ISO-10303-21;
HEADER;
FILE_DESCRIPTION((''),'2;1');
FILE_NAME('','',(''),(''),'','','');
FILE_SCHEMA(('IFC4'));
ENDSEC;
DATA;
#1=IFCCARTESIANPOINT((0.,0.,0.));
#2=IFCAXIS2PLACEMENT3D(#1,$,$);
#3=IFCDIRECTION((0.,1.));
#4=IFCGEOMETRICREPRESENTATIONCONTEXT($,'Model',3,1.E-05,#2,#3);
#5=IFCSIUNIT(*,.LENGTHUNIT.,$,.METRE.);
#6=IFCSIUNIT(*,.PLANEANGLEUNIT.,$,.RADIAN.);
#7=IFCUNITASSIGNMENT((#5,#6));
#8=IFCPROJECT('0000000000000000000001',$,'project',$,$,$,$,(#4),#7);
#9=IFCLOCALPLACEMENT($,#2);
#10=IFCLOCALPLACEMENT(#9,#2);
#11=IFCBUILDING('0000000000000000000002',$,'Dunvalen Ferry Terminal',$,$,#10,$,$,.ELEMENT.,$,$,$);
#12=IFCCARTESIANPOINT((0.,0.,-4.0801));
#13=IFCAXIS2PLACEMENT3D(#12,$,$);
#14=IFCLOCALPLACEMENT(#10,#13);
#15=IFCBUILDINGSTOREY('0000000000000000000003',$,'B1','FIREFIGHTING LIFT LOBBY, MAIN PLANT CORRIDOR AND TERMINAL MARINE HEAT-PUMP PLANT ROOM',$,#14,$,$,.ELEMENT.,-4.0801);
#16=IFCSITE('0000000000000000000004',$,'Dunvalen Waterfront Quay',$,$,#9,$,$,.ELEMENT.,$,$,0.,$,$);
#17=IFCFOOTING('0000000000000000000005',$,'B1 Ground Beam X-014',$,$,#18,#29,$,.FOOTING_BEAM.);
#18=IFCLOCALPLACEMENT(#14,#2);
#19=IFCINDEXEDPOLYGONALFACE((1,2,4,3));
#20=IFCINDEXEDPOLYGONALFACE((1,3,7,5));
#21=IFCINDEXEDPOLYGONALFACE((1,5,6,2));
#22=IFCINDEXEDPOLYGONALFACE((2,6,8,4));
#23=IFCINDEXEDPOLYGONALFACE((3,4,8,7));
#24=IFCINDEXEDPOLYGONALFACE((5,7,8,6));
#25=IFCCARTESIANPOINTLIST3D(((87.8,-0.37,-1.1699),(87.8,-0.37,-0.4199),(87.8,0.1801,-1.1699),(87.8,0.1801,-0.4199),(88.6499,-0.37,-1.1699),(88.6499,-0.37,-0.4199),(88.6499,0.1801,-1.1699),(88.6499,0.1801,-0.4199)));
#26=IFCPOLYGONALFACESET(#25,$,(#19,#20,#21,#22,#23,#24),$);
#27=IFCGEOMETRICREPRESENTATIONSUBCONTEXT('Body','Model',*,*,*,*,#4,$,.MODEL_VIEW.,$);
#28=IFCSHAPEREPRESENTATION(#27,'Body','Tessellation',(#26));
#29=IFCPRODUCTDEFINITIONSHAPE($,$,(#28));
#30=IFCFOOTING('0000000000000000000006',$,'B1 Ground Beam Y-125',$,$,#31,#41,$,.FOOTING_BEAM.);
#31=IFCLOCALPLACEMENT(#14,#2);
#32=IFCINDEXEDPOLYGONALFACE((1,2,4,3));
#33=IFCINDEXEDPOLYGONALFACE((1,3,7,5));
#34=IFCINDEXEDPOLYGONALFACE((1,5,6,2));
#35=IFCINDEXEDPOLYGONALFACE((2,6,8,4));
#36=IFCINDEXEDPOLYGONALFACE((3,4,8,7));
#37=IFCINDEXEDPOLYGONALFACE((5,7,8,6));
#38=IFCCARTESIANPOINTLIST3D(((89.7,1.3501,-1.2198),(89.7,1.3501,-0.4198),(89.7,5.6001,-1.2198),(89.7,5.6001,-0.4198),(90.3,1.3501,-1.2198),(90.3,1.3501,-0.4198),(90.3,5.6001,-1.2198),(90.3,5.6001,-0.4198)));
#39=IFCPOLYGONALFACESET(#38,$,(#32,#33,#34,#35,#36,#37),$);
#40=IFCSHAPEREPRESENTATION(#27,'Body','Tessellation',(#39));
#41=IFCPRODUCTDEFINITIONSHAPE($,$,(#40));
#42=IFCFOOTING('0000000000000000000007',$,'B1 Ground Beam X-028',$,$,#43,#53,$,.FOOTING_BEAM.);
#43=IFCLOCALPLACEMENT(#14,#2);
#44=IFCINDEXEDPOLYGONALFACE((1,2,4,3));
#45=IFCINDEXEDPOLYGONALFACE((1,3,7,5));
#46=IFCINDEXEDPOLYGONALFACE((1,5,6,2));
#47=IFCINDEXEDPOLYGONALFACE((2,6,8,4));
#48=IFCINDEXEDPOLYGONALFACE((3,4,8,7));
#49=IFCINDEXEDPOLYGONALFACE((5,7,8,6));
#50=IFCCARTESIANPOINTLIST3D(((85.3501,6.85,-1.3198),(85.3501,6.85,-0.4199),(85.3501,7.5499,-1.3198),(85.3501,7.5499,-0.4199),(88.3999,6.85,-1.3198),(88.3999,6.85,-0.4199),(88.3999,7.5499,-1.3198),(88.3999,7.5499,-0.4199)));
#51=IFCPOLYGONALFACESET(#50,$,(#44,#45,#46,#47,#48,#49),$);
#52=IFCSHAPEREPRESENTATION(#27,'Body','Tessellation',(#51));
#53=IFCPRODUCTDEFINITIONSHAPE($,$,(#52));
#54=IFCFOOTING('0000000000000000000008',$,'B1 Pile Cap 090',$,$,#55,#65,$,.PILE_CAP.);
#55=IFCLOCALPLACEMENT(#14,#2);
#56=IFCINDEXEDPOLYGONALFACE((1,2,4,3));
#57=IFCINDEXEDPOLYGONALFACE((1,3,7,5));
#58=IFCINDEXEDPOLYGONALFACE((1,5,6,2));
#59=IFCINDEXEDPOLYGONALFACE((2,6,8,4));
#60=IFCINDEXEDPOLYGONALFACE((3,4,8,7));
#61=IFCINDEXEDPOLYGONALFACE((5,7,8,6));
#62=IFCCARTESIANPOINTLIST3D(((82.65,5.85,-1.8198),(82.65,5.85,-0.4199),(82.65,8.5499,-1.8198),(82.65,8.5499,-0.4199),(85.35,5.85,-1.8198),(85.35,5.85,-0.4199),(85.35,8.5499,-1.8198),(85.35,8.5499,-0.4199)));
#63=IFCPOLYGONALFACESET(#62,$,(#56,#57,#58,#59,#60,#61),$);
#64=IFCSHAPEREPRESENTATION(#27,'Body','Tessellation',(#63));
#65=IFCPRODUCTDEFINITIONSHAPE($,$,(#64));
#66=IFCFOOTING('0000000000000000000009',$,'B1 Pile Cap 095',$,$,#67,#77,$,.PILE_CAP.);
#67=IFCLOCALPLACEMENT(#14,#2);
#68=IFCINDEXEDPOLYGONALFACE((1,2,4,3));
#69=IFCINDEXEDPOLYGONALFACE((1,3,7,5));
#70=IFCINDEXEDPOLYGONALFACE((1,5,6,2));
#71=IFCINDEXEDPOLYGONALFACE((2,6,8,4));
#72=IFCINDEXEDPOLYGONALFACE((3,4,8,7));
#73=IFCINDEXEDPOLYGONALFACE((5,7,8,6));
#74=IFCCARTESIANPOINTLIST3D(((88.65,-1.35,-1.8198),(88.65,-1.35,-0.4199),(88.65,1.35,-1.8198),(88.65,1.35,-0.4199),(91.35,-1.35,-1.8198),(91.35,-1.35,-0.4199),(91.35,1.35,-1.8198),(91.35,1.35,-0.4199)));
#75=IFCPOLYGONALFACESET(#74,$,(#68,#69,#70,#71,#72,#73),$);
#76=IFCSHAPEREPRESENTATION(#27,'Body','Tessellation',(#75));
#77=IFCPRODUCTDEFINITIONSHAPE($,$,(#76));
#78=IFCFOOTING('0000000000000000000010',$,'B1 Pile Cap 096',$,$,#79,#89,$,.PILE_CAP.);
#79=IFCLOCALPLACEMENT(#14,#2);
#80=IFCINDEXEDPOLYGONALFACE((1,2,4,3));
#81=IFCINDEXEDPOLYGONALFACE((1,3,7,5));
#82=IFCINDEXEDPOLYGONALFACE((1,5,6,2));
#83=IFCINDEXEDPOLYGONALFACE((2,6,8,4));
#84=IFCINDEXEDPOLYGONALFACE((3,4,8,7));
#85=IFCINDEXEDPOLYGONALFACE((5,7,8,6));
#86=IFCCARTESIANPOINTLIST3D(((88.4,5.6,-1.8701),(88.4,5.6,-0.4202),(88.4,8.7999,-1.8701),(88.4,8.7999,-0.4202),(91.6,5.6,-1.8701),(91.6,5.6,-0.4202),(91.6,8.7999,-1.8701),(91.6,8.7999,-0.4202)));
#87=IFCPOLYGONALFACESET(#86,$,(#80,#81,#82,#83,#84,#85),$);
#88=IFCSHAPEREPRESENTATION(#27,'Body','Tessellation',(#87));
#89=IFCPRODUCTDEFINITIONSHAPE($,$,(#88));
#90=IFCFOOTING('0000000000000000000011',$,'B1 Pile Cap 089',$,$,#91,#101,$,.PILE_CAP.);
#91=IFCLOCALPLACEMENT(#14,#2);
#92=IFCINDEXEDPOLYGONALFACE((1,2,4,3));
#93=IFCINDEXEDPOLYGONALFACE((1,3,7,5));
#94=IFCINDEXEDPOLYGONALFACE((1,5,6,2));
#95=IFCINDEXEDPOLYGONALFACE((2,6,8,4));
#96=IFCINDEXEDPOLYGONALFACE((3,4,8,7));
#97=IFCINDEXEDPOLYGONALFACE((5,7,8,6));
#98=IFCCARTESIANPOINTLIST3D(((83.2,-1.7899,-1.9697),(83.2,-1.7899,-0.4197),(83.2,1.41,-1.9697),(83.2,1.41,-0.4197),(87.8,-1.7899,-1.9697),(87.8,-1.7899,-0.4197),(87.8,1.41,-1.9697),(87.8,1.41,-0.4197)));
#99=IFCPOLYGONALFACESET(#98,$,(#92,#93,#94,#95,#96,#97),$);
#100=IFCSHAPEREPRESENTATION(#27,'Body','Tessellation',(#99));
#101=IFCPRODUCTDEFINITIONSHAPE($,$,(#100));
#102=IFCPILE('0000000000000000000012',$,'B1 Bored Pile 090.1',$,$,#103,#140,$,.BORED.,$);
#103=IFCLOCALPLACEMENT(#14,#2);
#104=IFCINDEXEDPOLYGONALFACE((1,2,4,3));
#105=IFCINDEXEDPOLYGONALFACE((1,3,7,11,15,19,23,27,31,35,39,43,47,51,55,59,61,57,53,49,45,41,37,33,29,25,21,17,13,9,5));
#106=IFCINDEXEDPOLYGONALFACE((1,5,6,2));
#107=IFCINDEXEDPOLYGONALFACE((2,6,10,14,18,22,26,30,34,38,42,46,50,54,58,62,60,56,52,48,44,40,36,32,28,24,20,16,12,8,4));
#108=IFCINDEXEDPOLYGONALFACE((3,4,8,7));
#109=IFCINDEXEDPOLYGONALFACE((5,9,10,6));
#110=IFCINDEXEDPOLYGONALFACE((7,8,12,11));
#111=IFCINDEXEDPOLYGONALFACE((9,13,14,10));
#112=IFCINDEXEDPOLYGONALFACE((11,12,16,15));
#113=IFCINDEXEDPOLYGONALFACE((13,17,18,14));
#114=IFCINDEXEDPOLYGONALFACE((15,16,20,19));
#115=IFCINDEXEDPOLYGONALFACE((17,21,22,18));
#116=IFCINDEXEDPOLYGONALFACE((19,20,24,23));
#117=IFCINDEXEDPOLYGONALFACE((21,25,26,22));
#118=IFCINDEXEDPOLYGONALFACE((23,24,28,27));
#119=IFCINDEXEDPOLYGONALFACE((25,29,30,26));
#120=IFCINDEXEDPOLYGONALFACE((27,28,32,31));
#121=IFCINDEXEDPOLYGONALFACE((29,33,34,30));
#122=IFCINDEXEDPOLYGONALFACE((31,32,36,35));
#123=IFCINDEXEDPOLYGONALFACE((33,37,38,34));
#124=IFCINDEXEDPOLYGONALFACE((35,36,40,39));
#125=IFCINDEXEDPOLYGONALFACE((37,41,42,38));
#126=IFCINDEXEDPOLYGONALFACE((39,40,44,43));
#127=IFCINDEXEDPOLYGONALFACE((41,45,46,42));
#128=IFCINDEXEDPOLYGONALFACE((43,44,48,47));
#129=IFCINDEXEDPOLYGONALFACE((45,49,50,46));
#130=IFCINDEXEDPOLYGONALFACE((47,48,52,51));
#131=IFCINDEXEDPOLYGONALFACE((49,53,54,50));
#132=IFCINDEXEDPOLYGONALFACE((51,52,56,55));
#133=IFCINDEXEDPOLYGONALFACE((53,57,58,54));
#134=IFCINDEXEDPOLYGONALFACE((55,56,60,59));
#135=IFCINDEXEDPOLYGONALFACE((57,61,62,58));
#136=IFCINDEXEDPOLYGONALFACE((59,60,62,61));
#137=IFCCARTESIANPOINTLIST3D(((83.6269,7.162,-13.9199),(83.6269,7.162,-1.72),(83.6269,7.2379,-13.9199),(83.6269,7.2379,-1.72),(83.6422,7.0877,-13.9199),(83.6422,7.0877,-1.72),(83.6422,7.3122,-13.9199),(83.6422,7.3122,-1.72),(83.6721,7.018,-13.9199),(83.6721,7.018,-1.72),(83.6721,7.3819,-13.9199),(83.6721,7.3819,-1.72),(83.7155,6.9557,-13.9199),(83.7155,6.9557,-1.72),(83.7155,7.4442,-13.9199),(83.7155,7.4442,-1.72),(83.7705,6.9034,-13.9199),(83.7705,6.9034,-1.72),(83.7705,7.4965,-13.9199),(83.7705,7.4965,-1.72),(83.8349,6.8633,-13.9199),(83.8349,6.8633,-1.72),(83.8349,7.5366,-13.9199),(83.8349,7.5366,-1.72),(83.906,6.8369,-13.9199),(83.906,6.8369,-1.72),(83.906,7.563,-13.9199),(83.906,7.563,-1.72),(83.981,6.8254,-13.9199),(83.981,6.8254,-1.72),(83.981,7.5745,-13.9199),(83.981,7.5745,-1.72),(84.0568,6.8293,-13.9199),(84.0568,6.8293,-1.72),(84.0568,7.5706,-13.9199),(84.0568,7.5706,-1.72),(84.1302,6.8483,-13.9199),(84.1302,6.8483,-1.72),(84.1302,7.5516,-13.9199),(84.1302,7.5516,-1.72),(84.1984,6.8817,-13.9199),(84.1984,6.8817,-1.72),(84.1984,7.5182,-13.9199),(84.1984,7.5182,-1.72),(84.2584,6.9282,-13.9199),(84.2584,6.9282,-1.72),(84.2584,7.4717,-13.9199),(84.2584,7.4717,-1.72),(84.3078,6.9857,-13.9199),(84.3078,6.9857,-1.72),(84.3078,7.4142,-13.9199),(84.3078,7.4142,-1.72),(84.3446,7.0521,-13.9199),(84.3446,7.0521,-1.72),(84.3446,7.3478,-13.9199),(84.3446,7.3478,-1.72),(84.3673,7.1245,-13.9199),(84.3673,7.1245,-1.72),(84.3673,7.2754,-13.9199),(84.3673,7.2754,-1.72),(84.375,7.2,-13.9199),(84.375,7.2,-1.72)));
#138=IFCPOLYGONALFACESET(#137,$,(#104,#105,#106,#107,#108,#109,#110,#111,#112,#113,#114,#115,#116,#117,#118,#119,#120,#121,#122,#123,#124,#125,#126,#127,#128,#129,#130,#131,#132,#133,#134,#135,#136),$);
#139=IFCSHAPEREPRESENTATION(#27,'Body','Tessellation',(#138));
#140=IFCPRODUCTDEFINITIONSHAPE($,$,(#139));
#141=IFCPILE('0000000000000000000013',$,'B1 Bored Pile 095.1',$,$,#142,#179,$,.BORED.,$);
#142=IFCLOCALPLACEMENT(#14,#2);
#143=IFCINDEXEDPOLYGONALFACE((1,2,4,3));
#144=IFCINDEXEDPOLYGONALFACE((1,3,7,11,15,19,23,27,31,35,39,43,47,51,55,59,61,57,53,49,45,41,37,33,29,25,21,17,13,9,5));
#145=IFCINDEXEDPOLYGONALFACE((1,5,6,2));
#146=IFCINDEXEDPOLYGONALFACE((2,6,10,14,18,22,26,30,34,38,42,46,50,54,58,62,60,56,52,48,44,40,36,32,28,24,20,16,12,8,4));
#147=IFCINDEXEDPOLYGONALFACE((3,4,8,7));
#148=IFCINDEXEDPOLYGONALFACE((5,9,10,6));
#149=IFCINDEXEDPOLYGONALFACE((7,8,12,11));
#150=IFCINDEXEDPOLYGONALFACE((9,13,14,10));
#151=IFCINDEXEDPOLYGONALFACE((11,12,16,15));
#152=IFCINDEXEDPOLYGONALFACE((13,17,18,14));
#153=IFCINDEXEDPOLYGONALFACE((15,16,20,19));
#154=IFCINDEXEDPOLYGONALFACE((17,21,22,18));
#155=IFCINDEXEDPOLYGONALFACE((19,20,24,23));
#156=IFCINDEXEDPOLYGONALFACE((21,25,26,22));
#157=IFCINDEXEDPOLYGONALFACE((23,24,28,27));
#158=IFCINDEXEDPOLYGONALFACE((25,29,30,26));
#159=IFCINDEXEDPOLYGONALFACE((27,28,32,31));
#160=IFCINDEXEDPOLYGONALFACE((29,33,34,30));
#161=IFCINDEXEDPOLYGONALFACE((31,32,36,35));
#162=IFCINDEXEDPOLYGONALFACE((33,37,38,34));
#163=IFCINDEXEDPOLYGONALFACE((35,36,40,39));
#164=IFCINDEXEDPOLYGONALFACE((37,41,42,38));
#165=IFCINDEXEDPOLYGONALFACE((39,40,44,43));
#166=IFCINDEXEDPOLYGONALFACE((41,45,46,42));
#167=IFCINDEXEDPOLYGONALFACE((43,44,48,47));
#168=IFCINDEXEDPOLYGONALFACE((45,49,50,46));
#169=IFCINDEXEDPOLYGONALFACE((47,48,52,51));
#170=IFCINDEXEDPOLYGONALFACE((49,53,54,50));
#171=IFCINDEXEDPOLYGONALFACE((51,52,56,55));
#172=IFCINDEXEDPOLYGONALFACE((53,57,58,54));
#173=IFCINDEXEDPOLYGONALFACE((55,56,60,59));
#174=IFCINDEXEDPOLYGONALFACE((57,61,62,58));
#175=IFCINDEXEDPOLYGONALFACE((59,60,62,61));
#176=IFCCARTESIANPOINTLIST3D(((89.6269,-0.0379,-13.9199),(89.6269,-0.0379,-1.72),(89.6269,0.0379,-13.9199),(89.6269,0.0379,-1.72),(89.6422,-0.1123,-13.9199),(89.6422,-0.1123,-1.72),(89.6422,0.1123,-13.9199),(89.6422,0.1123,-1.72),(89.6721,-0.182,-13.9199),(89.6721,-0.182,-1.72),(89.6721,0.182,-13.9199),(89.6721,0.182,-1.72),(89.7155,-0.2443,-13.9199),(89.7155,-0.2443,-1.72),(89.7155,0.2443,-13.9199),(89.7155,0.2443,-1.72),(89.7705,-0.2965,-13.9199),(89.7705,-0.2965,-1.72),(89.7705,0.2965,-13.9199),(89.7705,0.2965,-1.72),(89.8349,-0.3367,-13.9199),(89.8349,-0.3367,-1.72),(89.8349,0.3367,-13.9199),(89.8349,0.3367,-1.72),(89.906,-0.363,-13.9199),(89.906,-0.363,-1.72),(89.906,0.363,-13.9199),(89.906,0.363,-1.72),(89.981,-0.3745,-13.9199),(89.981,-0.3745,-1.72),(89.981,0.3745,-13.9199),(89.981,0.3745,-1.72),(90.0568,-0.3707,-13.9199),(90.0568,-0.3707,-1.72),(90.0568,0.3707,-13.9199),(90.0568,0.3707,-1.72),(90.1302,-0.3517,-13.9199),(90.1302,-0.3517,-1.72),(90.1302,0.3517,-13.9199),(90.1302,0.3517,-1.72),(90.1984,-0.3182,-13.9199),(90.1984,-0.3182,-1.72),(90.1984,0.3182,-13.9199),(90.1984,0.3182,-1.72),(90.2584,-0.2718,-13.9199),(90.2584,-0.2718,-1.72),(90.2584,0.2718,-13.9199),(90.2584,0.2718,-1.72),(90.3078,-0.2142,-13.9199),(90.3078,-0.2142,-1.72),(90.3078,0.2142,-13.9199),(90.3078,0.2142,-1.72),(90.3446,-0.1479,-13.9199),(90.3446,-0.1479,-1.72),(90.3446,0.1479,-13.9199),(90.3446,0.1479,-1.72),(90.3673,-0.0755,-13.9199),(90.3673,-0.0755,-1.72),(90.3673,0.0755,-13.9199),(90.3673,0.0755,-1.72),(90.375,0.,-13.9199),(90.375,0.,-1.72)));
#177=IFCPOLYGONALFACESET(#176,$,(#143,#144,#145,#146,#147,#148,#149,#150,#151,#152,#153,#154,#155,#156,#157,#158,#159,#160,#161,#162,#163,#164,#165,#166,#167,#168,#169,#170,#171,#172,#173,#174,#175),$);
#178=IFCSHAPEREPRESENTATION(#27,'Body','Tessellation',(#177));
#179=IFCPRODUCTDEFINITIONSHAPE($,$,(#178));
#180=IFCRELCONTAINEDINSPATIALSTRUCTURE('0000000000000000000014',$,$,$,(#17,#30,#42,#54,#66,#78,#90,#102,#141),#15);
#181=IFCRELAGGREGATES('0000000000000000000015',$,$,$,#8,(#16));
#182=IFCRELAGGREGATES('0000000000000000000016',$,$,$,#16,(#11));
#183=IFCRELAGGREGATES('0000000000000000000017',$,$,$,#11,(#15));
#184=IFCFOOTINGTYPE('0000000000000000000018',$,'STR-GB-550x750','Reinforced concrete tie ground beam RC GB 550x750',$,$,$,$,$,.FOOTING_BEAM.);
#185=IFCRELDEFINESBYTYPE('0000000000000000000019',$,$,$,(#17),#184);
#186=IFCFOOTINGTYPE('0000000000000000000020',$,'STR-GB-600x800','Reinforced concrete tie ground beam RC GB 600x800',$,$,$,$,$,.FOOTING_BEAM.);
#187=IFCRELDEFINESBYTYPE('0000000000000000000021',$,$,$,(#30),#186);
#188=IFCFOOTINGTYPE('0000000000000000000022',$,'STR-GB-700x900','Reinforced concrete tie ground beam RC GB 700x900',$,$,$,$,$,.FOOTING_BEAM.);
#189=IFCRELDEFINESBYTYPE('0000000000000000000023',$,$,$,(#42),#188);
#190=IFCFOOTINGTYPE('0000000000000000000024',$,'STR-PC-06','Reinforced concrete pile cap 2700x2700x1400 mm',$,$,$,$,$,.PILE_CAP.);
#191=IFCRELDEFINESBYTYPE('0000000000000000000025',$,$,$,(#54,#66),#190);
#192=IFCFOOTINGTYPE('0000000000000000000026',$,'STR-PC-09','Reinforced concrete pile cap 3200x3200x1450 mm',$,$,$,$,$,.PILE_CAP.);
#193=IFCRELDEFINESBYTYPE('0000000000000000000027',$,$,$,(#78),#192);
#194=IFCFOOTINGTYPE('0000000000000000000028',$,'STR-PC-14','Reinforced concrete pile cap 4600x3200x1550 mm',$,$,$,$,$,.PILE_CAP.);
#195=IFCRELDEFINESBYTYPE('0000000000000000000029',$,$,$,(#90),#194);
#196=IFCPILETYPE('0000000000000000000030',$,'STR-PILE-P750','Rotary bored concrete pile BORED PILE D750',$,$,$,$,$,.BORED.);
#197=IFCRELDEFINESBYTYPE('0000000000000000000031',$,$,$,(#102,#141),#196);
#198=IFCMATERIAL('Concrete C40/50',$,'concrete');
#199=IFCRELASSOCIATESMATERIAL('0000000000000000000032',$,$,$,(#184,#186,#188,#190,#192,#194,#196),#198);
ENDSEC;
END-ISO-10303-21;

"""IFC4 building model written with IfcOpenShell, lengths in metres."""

from ifc_helpers import new_model, si_unit, direction, frame, origin, origin_2d, place, context, subcontext, project, spatial, rectangle, circle, extrude, material, material_profile, profile_set, type_object, element, save


model = new_model("IFC4")

# Units and contexts
model_context = context("Model", 3, precision=1e-05, world=origin(), true_north=direction((0.0, 1.0)))
body_context = subcontext(model_context, "Body", "Model", "MODEL_VIEW")
ifc_project = project(units=[si_unit("LENGTHUNIT", "METRE"), si_unit("PLANEANGLEUNIT", "RADIAN")], contexts=[model_context])

# Site, building, storey
site_placement = place(None, origin())
site = spatial("IfcSite", under=ifc_project, at=site_placement, Name="Dunvalen Waterfront Quay", CompositionType="ELEMENT", RefElevation=0.0)
building_placement = place(site_placement, origin())
building = spatial("IfcBuilding", under=site, at=building_placement, Name="Dunvalen Ferry Terminal", CompositionType="ELEMENT")
storey_placement = place(building_placement, frame((0.0, 0.0, -4.0801)))
storey = spatial("IfcBuildingStorey", under=building, at=storey_placement, Name="B1", Description="FIREFIGHTING LIFT LOBBY, MAIN PLANT CORRIDOR AND TERMINAL MARINE HEAT-PUMP PLANT ROOM", CompositionType="ELEMENT", Elevation=-4.0801)

# Footings
ifc_material_1 = material(Name="Concrete C40/50", Category="concrete")
ifc_material_profile_1 = material_profile(ifc_material_1, rectangle(XDim=0.55, YDim=0.75, at=origin_2d()), Name="Concrete C40/50")
ifc_profile_set_1 = profile_set([ifc_material_profile_1], Name="Concrete C40/50")
footing_type_1 = type_object("IfcFootingType", Name="STR-GB-550x750", Description="Reinforced concrete tie ground beam RC GB 550x750", PredefinedType="FOOTING_BEAM", material=ifc_profile_set_1)
footing_1_placement = place(storey_placement, frame((87.8, -0.095, -0.7949), z_axis=(1.0, 0.0, 0.0), x_axis=(0.0, 1.0, 0.0)))
element("IfcFooting", 1, at=footing_1_placement, inside=storey, type_object=footing_type_1, Name="B1 Ground Beam X-014", PredefinedType="FOOTING_BEAM", context=body_context, shape_type="SweptSolid", body=[
    extrude(rectangle(XDim=0.55, YDim=0.75, at=origin_2d()), origin(), (0.0, 0.0, 1.0), 0.8499),
])
ifc_material_profile_2 = material_profile(ifc_material_1, rectangle(XDim=0.6001, YDim=0.8, at=origin_2d()), Name="Concrete C40/50")
ifc_profile_set_2 = profile_set([ifc_material_profile_2], Name="Concrete C40/50")
footing_type_2 = type_object("IfcFootingType", Name="STR-GB-600x800", Description="Reinforced concrete tie ground beam RC GB 600x800", PredefinedType="FOOTING_BEAM", material=ifc_profile_set_2)
footing_2_placement = place(storey_placement, frame((90.0, 1.3501, -0.8198), z_axis=(0.0, 1.0, 0.0), x_axis=(-1.0, 0.0, 0.0)))
element("IfcFooting", 2, at=footing_2_placement, inside=storey, type_object=footing_type_2, Name="B1 Ground Beam Y-125", PredefinedType="FOOTING_BEAM", context=body_context, shape_type="SweptSolid", body=[
    extrude(rectangle(XDim=0.6001, YDim=0.8, at=origin_2d()), origin(), (0.0, 0.0, 1.0), 4.25),
])
ifc_material_profile_3 = material_profile(ifc_material_1, rectangle(XDim=0.7, YDim=0.8999, at=origin_2d()), Name="Concrete C40/50")
ifc_profile_set_3 = profile_set([ifc_material_profile_3], Name="Concrete C40/50")
footing_type_3 = type_object("IfcFootingType", Name="STR-GB-700x900", Description="Reinforced concrete tie ground beam RC GB 700x900", PredefinedType="FOOTING_BEAM", material=ifc_profile_set_3)
footing_3_placement = place(storey_placement, frame((85.3501, 7.2, -0.8699), z_axis=(1.0, 0.0, 0.0), x_axis=(0.0, 1.0, 0.0)))
element("IfcFooting", 3, at=footing_3_placement, inside=storey, type_object=footing_type_3, Name="B1 Ground Beam X-028", PredefinedType="FOOTING_BEAM", context=body_context, shape_type="SweptSolid", body=[
    extrude(rectangle(XDim=0.7, YDim=0.8999, at=origin_2d()), origin(), (0.0, 0.0, 1.0), 3.0498),
])
footing_type_4 = type_object("IfcFootingType", Name="STR-PC-06", Description="Reinforced concrete pile cap 2700x2700x1400 mm", PredefinedType="PILE_CAP", material=ifc_material_1)
for number, where, z_axis, x_axis, name in (
    (4, (84.0, 7.2, -1.8198), (0.0, 0.0, 1.0), (1.0, 0.0, 0.0), "B1 Pile Cap 090"),
    (5, (90.0, 0.0, -1.8198), (0.0, 0.0, 1.0), (1.0, 0.0, 0.0), "B1 Pile Cap 095"),
):
    element("IfcFooting", number, at=place(storey_placement, frame(where, z_axis=z_axis, x_axis=x_axis)), inside=storey, type_object=footing_type_4, Name=name, PredefinedType="PILE_CAP", context=body_context, shape_type="SweptSolid", body=[
        extrude(rectangle(XDim=2.7, YDim=2.7, at=origin_2d()), origin(), (0.0, 0.0, 1.0), 1.3999),
    ])
footing_type_5 = type_object("IfcFootingType", Name="STR-PC-09", Description="Reinforced concrete pile cap 3200x3200x1450 mm", PredefinedType="PILE_CAP", material=ifc_material_1)
footing_4_placement = place(storey_placement, frame((90.0, 7.2, -1.8701), z_axis=(0.0, 0.0, 1.0), x_axis=(1.0, 0.0, 0.0)))
element("IfcFooting", 6, at=footing_4_placement, inside=storey, type_object=footing_type_5, Name="B1 Pile Cap 096", PredefinedType="PILE_CAP", context=body_context, shape_type="SweptSolid", body=[
    extrude(rectangle(XDim=3.2, YDim=3.2, at=origin_2d()), origin(), (0.0, 0.0, 1.0), 1.45),
])
footing_type_6 = type_object("IfcFootingType", Name="STR-PC-14", Description="Reinforced concrete pile cap 4600x3200x1550 mm", PredefinedType="PILE_CAP", material=ifc_material_1)
footing_5_placement = place(storey_placement, frame((85.5, -0.1899, -1.9697), z_axis=(0.0, 0.0, 1.0), x_axis=(1.0, 0.0, 0.0)))
element("IfcFooting", 7, at=footing_5_placement, inside=storey, type_object=footing_type_6, Name="B1 Pile Cap 089", PredefinedType="PILE_CAP", context=body_context, shape_type="SweptSolid", body=[
    extrude(rectangle(XDim=4.6001, YDim=3.2, at=origin_2d()), origin(), (0.0, 0.0, 1.0), 1.55),
])

# Piles
ifc_material_profile_4 = material_profile(ifc_material_1, circle(Radius=0.375, at=origin_2d()), Name="Concrete C40/50")
ifc_profile_set_4 = profile_set([ifc_material_profile_4], Name="Concrete C40/50")
pile_type_1 = type_object("IfcPileType", Name="STR-PILE-P750", Description="Rotary bored concrete pile BORED PILE D750", PredefinedType="BORED", material=ifc_profile_set_4)
for number, where, z_axis, x_axis, name in (
    (8, (84.0, 7.2, -1.72), (0.0, 0.0, -1.0), (1.0, 0.0, 0.0), "B1 Bored Pile 090.1"),
    (9, (90.0, 0.0, -1.72), (0.0, 0.0, -1.0), (1.0, 0.0, 0.0), "B1 Bored Pile 095.1"),
):
    element("IfcPile", number, at=place(storey_placement, frame(where, z_axis=z_axis, x_axis=x_axis)), inside=storey, type_object=pile_type_1, Name=name, PredefinedType="BORED", context=body_context, shape_type="SweptSolid", body=[
        extrude(circle(Radius=0.375, at=origin_2d()), origin(), (0.0, 0.0, 1.0), 12.2),
    ])

save(model, "model.ifc")
